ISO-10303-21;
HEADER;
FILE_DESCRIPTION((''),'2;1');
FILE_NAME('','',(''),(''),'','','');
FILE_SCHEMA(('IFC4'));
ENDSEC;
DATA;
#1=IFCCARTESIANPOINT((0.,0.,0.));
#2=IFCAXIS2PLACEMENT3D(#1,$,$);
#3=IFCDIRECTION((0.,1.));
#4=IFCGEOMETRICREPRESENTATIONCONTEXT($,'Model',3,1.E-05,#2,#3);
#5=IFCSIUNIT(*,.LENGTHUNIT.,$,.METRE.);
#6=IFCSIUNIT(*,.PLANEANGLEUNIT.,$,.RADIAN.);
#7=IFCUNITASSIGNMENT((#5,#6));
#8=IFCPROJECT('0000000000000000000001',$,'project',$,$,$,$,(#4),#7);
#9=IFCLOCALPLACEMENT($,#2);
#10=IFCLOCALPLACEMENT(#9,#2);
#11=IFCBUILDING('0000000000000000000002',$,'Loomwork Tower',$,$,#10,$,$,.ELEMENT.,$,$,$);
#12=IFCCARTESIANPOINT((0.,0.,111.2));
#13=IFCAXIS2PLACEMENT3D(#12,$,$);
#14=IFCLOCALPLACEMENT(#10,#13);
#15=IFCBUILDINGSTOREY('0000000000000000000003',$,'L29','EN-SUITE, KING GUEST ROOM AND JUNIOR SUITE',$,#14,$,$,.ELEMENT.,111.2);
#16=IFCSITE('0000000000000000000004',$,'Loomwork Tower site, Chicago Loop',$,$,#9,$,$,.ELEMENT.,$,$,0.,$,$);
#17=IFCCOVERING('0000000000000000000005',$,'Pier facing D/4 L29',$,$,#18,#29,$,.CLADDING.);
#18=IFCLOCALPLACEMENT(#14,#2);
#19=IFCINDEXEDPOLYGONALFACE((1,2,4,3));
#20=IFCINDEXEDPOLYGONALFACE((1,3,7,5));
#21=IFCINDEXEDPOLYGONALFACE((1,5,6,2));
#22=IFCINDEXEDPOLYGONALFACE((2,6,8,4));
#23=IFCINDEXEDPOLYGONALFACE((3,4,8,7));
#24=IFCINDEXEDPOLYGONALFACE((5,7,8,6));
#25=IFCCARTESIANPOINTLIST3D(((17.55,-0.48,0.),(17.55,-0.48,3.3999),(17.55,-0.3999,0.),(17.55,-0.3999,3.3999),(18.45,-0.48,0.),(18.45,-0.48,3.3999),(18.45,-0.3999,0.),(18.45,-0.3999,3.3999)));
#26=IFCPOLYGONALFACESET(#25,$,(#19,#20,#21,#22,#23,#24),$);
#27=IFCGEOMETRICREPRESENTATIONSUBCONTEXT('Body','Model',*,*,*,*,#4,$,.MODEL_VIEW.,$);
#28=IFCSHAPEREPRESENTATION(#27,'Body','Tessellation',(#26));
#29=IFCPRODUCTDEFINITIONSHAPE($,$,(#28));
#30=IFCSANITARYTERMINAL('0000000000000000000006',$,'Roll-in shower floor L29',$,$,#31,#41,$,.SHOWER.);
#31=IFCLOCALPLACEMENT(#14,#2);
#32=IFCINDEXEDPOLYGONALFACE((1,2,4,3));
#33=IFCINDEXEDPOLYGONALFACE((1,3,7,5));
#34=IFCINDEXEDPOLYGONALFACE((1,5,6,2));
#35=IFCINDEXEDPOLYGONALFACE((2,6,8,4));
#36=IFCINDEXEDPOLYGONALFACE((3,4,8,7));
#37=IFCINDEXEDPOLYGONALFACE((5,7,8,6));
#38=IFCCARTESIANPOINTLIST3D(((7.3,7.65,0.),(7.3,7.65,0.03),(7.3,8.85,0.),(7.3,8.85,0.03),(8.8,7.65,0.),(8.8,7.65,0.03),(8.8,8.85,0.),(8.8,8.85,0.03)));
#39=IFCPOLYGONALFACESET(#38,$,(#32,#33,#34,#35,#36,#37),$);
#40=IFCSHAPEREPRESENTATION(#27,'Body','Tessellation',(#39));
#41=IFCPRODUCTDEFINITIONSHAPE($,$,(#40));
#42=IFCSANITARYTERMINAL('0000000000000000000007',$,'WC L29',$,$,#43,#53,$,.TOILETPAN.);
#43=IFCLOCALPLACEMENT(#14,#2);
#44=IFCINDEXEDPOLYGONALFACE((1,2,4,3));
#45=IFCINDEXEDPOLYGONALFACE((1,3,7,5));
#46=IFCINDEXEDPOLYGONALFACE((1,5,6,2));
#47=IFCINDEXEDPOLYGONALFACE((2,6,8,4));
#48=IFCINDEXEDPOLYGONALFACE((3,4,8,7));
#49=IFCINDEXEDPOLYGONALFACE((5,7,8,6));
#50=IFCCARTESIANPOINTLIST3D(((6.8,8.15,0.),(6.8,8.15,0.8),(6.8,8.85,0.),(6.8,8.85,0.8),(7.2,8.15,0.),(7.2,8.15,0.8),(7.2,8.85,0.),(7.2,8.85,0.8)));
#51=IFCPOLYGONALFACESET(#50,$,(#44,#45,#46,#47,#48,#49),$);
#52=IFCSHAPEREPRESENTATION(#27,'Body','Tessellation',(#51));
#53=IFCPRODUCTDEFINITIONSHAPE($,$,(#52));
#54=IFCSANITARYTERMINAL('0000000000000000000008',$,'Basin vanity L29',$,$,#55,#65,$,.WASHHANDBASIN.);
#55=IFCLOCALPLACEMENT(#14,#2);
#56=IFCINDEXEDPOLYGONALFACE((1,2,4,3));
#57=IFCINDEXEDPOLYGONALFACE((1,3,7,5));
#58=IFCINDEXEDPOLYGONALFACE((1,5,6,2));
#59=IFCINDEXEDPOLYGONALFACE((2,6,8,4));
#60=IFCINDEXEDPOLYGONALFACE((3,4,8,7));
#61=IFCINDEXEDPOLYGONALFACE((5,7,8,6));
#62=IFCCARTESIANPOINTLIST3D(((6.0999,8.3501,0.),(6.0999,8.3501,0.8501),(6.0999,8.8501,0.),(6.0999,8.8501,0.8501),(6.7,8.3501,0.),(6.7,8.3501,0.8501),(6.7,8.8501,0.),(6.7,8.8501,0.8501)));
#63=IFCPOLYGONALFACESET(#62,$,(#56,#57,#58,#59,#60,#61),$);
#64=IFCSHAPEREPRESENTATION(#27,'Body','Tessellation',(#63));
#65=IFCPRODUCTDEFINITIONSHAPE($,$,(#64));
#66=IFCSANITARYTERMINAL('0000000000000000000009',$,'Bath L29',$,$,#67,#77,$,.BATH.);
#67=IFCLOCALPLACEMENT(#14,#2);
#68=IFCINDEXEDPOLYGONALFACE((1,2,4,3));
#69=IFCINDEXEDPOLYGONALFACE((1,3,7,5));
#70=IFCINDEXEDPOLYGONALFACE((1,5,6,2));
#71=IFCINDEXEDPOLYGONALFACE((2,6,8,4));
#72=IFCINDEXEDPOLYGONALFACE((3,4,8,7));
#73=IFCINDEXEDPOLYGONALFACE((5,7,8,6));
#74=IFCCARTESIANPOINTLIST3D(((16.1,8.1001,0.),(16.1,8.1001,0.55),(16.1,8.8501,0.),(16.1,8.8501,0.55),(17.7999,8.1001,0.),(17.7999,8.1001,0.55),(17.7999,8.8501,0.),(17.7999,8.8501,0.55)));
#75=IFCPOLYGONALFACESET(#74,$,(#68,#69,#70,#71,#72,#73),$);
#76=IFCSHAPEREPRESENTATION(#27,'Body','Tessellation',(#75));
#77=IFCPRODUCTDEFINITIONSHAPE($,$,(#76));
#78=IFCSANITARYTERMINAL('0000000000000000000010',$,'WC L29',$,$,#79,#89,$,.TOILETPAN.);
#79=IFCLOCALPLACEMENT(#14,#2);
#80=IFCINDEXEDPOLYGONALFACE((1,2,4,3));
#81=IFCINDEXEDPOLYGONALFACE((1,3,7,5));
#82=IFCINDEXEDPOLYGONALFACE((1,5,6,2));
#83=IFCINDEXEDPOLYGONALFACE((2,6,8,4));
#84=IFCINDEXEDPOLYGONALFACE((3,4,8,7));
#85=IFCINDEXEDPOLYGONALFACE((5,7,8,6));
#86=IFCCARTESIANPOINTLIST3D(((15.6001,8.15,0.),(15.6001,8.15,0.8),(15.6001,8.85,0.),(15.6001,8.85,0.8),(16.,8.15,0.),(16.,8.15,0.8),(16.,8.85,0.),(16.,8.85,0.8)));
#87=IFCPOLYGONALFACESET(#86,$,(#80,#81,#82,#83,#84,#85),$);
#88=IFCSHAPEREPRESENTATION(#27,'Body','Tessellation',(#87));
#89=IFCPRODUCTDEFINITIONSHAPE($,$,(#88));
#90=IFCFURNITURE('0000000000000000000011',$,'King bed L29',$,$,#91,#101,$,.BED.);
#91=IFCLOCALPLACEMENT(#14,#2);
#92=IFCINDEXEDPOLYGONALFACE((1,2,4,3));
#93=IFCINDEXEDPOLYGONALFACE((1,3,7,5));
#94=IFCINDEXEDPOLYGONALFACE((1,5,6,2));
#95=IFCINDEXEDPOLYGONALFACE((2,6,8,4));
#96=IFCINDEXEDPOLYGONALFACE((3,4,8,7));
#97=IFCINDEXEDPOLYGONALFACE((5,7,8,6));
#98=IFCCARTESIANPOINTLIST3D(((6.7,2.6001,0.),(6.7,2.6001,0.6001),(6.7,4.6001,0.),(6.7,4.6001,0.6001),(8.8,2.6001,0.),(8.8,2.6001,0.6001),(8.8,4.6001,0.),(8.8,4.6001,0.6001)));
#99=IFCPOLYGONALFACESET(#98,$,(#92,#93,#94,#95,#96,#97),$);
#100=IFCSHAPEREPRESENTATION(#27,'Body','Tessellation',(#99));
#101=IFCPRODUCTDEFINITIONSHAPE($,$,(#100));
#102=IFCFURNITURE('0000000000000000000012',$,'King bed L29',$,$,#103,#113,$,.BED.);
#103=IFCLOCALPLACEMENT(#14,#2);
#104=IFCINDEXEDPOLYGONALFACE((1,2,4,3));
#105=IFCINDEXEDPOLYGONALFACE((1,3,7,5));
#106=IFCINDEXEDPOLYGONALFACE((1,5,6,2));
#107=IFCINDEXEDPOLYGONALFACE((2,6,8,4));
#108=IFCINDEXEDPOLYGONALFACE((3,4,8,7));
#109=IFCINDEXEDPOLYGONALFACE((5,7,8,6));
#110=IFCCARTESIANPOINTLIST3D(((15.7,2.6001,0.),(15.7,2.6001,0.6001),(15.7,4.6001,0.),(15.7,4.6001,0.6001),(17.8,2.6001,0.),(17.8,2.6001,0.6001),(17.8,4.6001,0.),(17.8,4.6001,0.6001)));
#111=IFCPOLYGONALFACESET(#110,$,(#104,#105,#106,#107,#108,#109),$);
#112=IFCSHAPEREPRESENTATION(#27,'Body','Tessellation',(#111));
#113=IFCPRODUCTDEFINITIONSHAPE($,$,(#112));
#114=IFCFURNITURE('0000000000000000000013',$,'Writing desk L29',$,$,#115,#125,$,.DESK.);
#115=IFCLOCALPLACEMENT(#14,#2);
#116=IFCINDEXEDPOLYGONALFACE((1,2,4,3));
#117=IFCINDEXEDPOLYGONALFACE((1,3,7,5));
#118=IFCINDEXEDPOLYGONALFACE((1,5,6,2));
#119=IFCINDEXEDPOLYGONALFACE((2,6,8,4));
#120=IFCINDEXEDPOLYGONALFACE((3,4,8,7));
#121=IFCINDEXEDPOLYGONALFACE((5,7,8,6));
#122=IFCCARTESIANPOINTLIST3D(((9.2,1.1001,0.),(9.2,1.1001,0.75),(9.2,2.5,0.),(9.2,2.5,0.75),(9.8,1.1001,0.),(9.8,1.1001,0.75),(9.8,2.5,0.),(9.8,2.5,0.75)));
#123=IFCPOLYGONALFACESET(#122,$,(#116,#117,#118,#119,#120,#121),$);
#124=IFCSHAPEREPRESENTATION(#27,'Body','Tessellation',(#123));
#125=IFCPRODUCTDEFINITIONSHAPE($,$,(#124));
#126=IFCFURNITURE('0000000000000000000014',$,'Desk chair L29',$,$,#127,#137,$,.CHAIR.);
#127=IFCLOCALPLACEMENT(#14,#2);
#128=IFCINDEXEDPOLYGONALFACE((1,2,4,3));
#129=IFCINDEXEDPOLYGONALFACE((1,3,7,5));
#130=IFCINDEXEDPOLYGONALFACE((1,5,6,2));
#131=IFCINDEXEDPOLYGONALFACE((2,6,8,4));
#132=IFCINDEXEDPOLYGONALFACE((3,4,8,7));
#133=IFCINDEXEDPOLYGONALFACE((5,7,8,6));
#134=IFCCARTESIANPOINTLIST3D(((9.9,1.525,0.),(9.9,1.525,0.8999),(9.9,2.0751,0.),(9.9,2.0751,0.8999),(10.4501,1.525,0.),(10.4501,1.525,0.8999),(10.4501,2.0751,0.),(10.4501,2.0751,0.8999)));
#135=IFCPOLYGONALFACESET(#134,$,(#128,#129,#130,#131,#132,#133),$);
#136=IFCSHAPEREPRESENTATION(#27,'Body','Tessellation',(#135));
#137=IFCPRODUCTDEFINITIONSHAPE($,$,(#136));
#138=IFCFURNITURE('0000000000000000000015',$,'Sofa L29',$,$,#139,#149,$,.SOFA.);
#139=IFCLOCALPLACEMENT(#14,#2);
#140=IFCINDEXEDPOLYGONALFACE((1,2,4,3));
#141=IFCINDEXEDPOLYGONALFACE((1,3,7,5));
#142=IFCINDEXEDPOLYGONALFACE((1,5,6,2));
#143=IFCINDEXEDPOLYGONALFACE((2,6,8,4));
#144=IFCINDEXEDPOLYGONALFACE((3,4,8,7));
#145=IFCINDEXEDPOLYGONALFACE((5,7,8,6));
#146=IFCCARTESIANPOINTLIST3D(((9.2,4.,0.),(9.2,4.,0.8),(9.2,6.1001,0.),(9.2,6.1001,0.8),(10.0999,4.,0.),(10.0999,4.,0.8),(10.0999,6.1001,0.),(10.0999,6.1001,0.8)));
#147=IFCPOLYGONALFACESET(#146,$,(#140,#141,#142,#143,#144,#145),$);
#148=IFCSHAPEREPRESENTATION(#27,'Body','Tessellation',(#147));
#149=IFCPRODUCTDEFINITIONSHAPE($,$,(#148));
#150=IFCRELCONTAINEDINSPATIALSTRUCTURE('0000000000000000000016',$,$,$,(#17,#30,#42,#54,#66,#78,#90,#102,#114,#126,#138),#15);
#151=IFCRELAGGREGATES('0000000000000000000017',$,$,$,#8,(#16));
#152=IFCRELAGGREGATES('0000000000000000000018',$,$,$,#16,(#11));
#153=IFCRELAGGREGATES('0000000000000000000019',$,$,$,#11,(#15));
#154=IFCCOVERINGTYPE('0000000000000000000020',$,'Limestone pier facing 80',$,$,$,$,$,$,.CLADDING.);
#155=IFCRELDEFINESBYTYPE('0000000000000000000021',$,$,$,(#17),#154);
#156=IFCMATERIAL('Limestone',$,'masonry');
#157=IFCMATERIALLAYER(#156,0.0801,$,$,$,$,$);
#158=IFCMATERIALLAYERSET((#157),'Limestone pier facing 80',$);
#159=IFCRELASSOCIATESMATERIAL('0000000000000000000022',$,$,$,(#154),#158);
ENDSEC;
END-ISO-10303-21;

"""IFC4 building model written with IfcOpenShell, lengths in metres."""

from ifc_helpers import new_model, si_unit, direction, frame, origin, origin_2d, place, context, subcontext, project, spatial, rectangle, extrude, material, layer, layer_set, type_object, element, save


model = new_model("IFC4")

# Units and contexts
model_context = context("Model", 3, precision=1e-05, world=origin(), true_north=direction((0.0, 1.0)))
body_context = subcontext(model_context, "Body", "Model", "MODEL_VIEW")
ifc_project = project(units=[si_unit("LENGTHUNIT", "METRE"), si_unit("PLANEANGLEUNIT", "RADIAN")], contexts=[model_context])

# Site, building, storey
site_placement = place(None, origin())
site = spatial("IfcSite", under=ifc_project, at=site_placement, Name="Loomwork Tower site, Chicago Loop", CompositionType="ELEMENT", RefElevation=0.0)
building_placement = place(site_placement, origin())
building = spatial("IfcBuilding", under=site, at=building_placement, Name="Loomwork Tower", CompositionType="ELEMENT")
storey_placement = place(building_placement, frame((0.0, 0.0, 111.2)))
storey = spatial("IfcBuildingStorey", under=building, at=storey_placement, Name="L29", Description="EN-SUITE, KING GUEST ROOM AND JUNIOR SUITE", CompositionType="ELEMENT", Elevation=111.2)

# Covering
ifc_material_1 = material(Name="Limestone", Category="masonry")
ifc_layer_1 = layer(ifc_material_1, 0.0801)
ifc_layer_set_1 = layer_set([ifc_layer_1], Name="Limestone pier facing 80")
covering_type = type_object("IfcCoveringType", Name="Limestone pier facing 80", PredefinedType="CLADDING", material=ifc_layer_set_1)
for number, where, z_axis, x_axis, name in (
    (1, (18.0, -0.4399, 0.0), (0.0, 0.0, 1.0), (1.0, 0.0, 0.0), "Pier facing D/4 L29"),
):
    element("IfcCovering", number, at=place(storey_placement, frame(where, z_axis=z_axis, x_axis=x_axis)), inside=storey, type_object=covering_type, Name=name, PredefinedType="CLADDING", context=body_context, shape_type="SweptSolid", body=[
        extrude(rectangle(XDim=0.8999, YDim=0.0801, at=origin_2d()), origin(), (0.0, 0.0, 1.0), 3.3999),
    ])

# Sanitary terminals
sanitary_terminal_1_placement = place(storey_placement, frame((8.05, 8.25, 0.0), z_axis=(0.0, 0.0, 1.0), x_axis=(1.0, 0.0, 0.0)))
element("IfcSanitaryTerminal", 2, at=sanitary_terminal_1_placement, inside=storey, Name="Roll-in shower floor L29", PredefinedType="SHOWER", context=body_context, shape_type="SweptSolid", body=[
    extrude(rectangle(XDim=1.5, YDim=1.2, at=origin_2d()), origin(), (0.0, 0.0, 1.0), 0.03),
])
sanitary_terminal_2_placement = place(storey_placement, frame((7.0, 8.5, 0.0), z_axis=(0.0, 0.0, 1.0), x_axis=(1.0, 0.0, 0.0)))
element("IfcSanitaryTerminal", 3, at=sanitary_terminal_2_placement, inside=storey, Name="WC L29", PredefinedType="TOILETPAN", context=body_context, shape_type="SweptSolid", body=[
    extrude(rectangle(XDim=0.3999, YDim=0.7, at=origin_2d()), origin(), (0.0, 0.0, 1.0), 0.8),
])
sanitary_terminal_3_placement = place(storey_placement, frame((6.3999, 8.6001, 0.0), z_axis=(0.0, 0.0, 1.0), x_axis=(1.0, 0.0, 0.0)))
element("IfcSanitaryTerminal", 4, at=sanitary_terminal_3_placement, inside=storey, Name="Basin vanity L29", PredefinedType="WASHHANDBASIN", context=body_context, shape_type="SweptSolid", body=[
    extrude(rectangle(XDim=0.6001, YDim=0.5, at=origin_2d()), origin(), (0.0, 0.0, 1.0), 0.8501),
])
sanitary_terminal_4_placement = place(storey_placement, frame((16.95, 8.4751, 0.0), z_axis=(0.0, 0.0, 1.0), x_axis=(1.0, 0.0, 0.0)))
element("IfcSanitaryTerminal", 5, at=sanitary_terminal_4_placement, inside=storey, Name="Bath L29", PredefinedType="BATH", context=body_context, shape_type="SweptSolid", body=[
    extrude(rectangle(XDim=1.7, YDim=0.75, at=origin_2d()), origin(), (0.0, 0.0, 1.0), 0.55),
])
sanitary_terminal_5_placement = place(storey_placement, frame((15.8, 8.5, 0.0), z_axis=(0.0, 0.0, 1.0), x_axis=(1.0, 0.0, 0.0)))
element("IfcSanitaryTerminal", 6, at=sanitary_terminal_5_placement, inside=storey, Name="WC L29", PredefinedType="TOILETPAN", context=body_context, shape_type="SweptSolid", body=[
    extrude(rectangle(XDim=0.3999, YDim=0.7, at=origin_2d()), origin(), (0.0, 0.0, 1.0), 0.8),
])

# Furniture
for number, where, z_axis, x_axis, name in (
    (7, (7.75, 3.6001, 0.0), (0.0, 0.0, 1.0), (1.0, 0.0, 0.0), "King bed L29"),
    (8, (16.75, 3.6001, 0.0), (0.0, 0.0, 1.0), (1.0, 0.0, 0.0), "King bed L29"),
):
    element("IfcFurniture", number, at=place(storey_placement, frame(where, z_axis=z_axis, x_axis=x_axis)), inside=storey, Name=name, PredefinedType="BED", context=body_context, shape_type="SweptSolid", body=[
        extrude(rectangle(XDim=2.1001, YDim=2.0, at=origin_2d()), origin(), (0.0, 0.0, 1.0), 0.6001),
    ])
furniture_1_placement = place(storey_placement, frame((9.5, 1.8, 0.0), z_axis=(0.0, 0.0, 1.0), x_axis=(1.0, 0.0, 0.0)))
element("IfcFurniture", 9, at=furniture_1_placement, inside=storey, Name="Writing desk L29", PredefinedType="DESK", context=body_context, shape_type="SweptSolid", body=[
    extrude(rectangle(XDim=0.6001, YDim=1.3999, at=origin_2d()), origin(), (0.0, 0.0, 1.0), 0.75),
])
furniture_2_placement = place(storey_placement, frame((10.175, 1.8, 0.0), z_axis=(0.0, 0.0, 1.0), x_axis=(1.0, 0.0, 0.0)))
element("IfcFurniture", 10, at=furniture_2_placement, inside=storey, Name="Desk chair L29", PredefinedType="CHAIR", context=body_context, shape_type="SweptSolid", body=[
    extrude(rectangle(XDim=0.55, YDim=0.55, at=origin_2d()), origin(), (0.0, 0.0, 1.0), 0.8999),
])
furniture_3_placement = place(storey_placement, frame((9.6499, 5.05, 0.0), z_axis=(0.0, 0.0, 1.0), x_axis=(1.0, 0.0, 0.0)))
element("IfcFurniture", 11, at=furniture_3_placement, inside=storey, Name="Sofa L29", PredefinedType="SOFA", context=body_context, shape_type="SweptSolid", body=[
    extrude(rectangle(XDim=0.8999, YDim=2.1001, at=origin_2d()), origin(), (0.0, 0.0, 1.0), 0.8),
])

save(model, "model.ifc")
